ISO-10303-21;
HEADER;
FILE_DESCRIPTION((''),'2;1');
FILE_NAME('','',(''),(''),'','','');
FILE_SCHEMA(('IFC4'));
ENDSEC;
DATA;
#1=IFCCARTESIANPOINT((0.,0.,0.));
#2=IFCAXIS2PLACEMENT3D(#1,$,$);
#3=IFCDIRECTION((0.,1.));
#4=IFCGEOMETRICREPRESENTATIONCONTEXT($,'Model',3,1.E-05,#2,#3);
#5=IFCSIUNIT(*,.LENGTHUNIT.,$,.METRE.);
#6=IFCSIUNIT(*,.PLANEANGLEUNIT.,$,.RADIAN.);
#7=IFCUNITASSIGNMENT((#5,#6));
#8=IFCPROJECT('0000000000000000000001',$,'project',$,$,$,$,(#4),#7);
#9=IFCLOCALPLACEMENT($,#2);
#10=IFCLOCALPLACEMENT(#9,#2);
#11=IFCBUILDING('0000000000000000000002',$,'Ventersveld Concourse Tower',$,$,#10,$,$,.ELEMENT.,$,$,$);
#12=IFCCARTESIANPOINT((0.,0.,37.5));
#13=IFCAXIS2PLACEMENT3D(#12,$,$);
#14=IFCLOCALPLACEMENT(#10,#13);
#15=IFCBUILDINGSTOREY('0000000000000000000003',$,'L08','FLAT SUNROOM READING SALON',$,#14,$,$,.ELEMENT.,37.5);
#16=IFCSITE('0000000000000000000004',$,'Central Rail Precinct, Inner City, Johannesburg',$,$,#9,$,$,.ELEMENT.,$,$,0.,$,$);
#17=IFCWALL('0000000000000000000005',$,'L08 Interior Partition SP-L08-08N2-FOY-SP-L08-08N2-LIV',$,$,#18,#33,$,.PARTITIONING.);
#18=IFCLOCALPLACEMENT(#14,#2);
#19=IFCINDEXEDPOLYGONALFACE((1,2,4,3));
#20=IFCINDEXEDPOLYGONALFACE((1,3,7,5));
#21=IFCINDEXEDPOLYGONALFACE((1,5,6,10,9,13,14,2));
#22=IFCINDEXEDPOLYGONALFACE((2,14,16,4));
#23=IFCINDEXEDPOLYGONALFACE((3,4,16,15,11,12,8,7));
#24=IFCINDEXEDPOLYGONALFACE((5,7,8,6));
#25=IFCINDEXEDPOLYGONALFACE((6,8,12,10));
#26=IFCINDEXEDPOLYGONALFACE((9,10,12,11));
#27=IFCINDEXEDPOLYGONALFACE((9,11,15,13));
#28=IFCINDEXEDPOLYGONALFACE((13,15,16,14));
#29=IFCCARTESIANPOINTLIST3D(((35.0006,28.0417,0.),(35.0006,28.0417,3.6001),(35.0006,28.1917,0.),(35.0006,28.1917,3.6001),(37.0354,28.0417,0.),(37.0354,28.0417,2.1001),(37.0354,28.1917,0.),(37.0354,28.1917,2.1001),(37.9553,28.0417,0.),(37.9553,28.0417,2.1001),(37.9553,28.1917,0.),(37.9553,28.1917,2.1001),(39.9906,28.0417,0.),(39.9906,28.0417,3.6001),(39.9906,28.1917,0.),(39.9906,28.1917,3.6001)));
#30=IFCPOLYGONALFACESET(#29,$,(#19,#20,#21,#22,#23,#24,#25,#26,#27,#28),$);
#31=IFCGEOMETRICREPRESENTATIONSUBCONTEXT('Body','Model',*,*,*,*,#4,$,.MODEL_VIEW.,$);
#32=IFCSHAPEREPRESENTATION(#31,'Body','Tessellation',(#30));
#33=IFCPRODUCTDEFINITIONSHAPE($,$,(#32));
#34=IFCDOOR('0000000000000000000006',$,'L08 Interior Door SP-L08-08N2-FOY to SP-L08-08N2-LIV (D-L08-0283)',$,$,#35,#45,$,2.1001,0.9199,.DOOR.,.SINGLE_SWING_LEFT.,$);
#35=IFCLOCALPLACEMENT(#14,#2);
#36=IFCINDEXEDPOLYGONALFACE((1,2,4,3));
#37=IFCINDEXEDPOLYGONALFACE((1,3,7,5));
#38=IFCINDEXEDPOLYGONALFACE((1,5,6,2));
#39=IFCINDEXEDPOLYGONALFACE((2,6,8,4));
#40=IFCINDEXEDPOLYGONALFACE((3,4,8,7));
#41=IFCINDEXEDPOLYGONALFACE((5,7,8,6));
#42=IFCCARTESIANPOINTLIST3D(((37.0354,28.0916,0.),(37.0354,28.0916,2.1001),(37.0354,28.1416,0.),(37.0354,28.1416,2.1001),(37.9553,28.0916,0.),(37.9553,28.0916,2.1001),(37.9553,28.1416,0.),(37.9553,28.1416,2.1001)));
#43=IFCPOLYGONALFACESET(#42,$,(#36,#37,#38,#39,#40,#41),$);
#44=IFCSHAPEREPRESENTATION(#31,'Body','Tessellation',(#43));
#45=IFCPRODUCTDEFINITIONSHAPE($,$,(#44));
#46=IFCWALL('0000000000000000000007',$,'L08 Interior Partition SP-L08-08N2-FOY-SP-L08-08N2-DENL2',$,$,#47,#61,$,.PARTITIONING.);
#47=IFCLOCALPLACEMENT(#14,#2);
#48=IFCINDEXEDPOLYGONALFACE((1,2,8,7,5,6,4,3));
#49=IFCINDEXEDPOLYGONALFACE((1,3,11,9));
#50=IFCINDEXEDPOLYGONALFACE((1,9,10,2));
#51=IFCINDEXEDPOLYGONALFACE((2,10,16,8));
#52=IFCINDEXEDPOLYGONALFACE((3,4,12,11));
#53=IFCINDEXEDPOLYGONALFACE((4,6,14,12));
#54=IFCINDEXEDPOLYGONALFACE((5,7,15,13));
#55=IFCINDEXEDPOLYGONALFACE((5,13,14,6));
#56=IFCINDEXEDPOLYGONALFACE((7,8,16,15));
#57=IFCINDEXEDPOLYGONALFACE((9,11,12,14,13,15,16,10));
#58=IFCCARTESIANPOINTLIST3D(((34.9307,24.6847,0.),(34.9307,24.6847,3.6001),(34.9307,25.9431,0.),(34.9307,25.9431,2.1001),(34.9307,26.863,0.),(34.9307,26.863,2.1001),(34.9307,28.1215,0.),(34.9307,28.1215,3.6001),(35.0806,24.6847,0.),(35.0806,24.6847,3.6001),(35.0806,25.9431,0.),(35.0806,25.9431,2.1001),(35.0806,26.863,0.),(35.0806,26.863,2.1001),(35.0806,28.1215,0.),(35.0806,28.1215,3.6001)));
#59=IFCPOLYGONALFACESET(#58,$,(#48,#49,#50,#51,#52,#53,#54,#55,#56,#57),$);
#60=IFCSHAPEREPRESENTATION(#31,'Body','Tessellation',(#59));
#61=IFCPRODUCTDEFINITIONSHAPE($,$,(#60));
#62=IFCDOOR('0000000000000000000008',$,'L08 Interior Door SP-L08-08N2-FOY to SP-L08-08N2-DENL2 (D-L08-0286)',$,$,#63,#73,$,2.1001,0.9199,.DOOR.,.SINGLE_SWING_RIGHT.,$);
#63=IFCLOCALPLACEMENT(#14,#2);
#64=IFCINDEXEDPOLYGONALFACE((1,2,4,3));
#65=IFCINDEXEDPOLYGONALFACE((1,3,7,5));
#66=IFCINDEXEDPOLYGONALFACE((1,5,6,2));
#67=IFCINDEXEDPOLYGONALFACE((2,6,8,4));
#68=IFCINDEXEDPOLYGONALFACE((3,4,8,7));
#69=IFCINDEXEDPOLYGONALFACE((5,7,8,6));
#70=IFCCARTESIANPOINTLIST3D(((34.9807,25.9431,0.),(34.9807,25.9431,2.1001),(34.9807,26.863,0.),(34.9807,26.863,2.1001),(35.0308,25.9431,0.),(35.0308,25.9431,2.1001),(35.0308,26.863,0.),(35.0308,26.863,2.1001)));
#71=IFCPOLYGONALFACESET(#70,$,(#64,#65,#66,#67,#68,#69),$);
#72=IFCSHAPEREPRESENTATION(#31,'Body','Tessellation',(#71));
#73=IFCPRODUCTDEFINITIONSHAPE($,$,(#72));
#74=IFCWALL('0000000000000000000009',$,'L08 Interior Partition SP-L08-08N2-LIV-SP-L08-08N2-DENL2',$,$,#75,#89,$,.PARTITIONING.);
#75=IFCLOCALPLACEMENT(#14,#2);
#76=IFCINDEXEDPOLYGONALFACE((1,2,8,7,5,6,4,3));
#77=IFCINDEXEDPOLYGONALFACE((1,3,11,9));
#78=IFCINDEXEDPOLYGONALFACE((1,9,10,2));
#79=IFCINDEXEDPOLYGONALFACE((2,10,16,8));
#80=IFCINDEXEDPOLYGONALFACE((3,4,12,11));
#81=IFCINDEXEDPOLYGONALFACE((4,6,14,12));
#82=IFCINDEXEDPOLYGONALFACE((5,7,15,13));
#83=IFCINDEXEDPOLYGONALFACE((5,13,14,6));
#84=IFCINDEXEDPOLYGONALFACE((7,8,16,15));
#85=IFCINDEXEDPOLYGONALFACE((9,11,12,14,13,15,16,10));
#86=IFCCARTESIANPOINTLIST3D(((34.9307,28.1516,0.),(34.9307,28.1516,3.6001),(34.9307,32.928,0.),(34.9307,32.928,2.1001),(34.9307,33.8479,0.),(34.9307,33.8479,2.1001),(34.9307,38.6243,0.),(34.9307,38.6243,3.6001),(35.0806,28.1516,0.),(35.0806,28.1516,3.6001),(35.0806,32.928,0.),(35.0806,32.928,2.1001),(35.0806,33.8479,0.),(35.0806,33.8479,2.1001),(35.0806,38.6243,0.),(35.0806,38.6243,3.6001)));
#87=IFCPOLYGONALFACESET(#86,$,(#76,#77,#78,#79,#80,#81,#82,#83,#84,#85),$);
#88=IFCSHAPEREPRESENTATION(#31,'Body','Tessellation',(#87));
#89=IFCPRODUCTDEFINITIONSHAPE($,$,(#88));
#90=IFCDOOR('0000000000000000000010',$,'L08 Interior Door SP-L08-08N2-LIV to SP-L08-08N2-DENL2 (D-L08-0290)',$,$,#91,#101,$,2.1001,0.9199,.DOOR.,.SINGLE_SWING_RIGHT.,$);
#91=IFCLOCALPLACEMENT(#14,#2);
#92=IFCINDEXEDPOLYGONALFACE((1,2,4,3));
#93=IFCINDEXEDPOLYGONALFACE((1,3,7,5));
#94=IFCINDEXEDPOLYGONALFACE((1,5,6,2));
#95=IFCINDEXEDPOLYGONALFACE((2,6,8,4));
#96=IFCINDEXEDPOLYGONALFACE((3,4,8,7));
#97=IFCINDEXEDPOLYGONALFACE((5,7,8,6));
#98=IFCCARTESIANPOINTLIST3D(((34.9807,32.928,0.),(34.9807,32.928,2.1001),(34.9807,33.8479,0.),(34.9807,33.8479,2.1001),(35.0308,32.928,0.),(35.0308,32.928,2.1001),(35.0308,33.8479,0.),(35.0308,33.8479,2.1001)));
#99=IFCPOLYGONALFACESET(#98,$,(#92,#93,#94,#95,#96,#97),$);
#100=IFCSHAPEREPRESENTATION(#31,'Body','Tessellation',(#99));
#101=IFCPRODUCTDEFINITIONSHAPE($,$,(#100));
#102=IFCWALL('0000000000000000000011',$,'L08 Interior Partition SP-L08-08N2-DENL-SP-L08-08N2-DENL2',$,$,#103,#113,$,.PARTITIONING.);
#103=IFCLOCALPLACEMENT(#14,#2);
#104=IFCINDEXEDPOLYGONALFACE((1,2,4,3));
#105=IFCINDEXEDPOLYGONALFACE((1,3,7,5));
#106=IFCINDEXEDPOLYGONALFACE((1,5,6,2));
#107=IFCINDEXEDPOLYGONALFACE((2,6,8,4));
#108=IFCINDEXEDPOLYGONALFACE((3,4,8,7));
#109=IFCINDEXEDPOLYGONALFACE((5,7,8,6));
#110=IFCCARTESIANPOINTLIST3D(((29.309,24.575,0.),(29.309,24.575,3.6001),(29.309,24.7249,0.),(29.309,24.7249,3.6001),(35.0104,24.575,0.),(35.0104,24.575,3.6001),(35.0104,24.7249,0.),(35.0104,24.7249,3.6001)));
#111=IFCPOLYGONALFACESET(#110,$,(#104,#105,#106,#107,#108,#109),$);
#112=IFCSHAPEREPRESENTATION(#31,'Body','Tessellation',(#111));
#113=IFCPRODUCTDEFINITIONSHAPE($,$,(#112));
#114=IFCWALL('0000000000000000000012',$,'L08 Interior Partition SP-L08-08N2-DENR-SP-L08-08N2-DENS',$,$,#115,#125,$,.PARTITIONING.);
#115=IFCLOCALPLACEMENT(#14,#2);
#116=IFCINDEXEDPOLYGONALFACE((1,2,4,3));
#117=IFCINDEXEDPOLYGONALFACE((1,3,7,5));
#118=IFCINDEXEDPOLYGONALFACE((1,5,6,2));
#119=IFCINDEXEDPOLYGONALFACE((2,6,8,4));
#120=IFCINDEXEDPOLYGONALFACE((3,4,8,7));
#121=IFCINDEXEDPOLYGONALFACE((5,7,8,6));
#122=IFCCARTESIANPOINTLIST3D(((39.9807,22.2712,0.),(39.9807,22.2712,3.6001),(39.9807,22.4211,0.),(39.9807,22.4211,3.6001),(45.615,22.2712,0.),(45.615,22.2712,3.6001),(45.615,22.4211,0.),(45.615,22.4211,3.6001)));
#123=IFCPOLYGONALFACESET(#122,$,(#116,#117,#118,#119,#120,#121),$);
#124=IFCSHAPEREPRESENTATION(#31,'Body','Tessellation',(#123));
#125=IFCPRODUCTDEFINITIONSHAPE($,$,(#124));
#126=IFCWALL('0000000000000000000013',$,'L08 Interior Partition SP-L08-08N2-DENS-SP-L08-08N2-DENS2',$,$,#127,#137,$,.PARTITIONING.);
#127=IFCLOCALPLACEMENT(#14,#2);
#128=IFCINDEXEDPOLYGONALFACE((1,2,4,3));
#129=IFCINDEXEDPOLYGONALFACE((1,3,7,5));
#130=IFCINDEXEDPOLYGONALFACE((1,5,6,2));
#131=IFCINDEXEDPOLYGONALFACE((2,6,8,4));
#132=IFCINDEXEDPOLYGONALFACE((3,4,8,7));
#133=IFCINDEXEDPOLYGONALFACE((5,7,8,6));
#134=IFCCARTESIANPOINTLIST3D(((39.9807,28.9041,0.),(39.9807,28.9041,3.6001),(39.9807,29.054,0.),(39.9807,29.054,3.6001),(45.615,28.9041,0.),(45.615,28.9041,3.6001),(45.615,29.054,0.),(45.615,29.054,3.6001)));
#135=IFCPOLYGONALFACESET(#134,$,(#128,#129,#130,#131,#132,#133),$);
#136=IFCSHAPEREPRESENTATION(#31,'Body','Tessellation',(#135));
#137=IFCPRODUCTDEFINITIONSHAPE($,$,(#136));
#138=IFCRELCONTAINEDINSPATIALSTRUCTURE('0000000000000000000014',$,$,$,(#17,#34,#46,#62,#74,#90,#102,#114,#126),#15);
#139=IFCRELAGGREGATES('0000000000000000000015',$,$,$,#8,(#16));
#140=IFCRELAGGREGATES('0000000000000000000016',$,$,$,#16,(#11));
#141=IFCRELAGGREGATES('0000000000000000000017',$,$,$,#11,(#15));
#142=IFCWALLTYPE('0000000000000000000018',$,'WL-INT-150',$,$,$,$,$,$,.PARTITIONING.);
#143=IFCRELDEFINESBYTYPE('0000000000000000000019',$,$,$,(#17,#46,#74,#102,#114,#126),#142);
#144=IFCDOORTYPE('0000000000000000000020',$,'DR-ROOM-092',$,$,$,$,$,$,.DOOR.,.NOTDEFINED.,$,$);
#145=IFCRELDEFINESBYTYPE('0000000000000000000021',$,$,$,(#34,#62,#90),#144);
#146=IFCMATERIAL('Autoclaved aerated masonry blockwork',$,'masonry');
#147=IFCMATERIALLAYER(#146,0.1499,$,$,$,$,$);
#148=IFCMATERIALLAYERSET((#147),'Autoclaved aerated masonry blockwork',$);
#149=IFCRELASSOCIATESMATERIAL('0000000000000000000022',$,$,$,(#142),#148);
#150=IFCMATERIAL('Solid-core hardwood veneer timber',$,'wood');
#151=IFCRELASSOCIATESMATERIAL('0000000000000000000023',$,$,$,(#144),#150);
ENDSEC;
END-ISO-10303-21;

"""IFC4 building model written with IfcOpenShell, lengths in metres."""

from ifc_helpers import new_model, si_unit, direction, frame, frame_2d, origin, place, context, subcontext, project, spatial, rectangle, extrude, material, layer, layer_set, type_object, element, fill, save


model = new_model("IFC4")

# Units and contexts
model_context = context("Model", 3, precision=1e-05, world=origin(), true_north=direction((0.0, 1.0)))
body_context = subcontext(model_context, "Body", "Model", "MODEL_VIEW")
ifc_project = project(units=[si_unit("LENGTHUNIT", "METRE"), si_unit("PLANEANGLEUNIT", "RADIAN")], contexts=[model_context])

# Site, building, storey
site_placement = place(None, origin())
site = spatial("IfcSite", under=ifc_project, at=site_placement, Name="Central Rail Precinct, Inner City, Johannesburg", CompositionType="ELEMENT", RefElevation=0.0)
building_placement = place(site_placement, origin())
building = spatial("IfcBuilding", under=site, at=building_placement, Name="Ventersveld Concourse Tower", CompositionType="ELEMENT")
storey_placement = place(building_placement, frame((0.0, 0.0, 37.5)))
storey = spatial("IfcBuildingStorey", under=building, at=storey_placement, Name="L08", Description="FLAT SUNROOM READING SALON", CompositionType="ELEMENT", Elevation=37.5)

# Walls, openings, doors
ifc_material_1 = material(Name="Autoclaved aerated masonry blockwork", Category="masonry")
ifc_layer_1 = layer(ifc_material_1, 0.1499)
ifc_layer_set_1 = layer_set([ifc_layer_1], Name="Autoclaved aerated masonry blockwork")
wall_type_1 = type_object("IfcWallType", Name="WL-INT-150", PredefinedType="PARTITIONING", material=ifc_layer_set_1)
wall_1_placement = place(storey_placement, frame((35.0005, 28.1167, 0.0), z_axis=(0.0, 0.0, 1.0), x_axis=(1.0, 0.0, 0.0)))
wall_1 = element("IfcWall", 1, at=wall_1_placement, inside=storey, type_object=wall_type_1, Name="L08 Interior Partition SP-L08-08N2-FOY-SP-L08-08N2-LIV", PredefinedType="PARTITIONING", context=body_context, shape_type="SweptSolid", body=[
    extrude(rectangle(XDim=4.99, YDim=0.1499, at=frame_2d((2.4951, 0.0))), origin(), (0.0, 0.0, 1.0), 3.6001),
])
opening_1_placement = place(wall_1_placement, frame((2.0349, 0.0, 0.0)))
opening_1 = element("IfcOpeningElement", 2, at=opening_1_placement, cuts=wall_1, PredefinedType="OPENING", context=body_context, shape_type="SweptSolid", body=[
    extrude(rectangle(XDim=0.9199, YDim=2.1001, at=frame_2d((0.46, 1.05))), frame((0.0, 0.085, 0.0), z_axis=(0.0, -1.0, 0.0), x_axis=(1.0, 0.0, 0.0)), (0.0, 0.0, 1.0), 0.1699),
])
ifc_material_2 = material(Name="Solid-core hardwood veneer timber", Category="wood")
door_type = type_object("IfcDoorType", Name="DR-ROOM-092", OperationType="NOTDEFINED", PredefinedType="DOOR", material=ifc_material_2)
door_1_placement = place(opening_1_placement, origin())
door_1 = element("IfcDoor", 3, at=door_1_placement, inside=storey, type_object=door_type, Name="L08 Interior Door SP-L08-08N2-FOY to SP-L08-08N2-LIV (D-L08-0283)", OperationType="SINGLE_SWING_LEFT", OverallHeight=2.1001, OverallWidth=0.9199, PredefinedType="DOOR", context=body_context, shape_type="SweptSolid", body=[
    extrude(rectangle(XDim=0.9199, YDim=2.1001, at=frame_2d((0.46, 1.05))), frame((0.0, 0.0249, 0.0), z_axis=(0.0, -1.0, 0.0), x_axis=(1.0, 0.0, 0.0)), (0.0, 0.0, 1.0), 0.05),
])
fill(opening_1, door_1)
wall_2_placement = place(storey_placement, frame((35.0056, 24.6848, 0.0), z_axis=(0.0, 0.0, 1.0), x_axis=(0.0, 1.0, 0.0)))
wall_2 = element("IfcWall", 4, at=wall_2_placement, inside=storey, type_object=wall_type_1, Name="L08 Interior Partition SP-L08-08N2-FOY-SP-L08-08N2-DENL2", PredefinedType="PARTITIONING", context=body_context, shape_type="SweptSolid", body=[
    extrude(rectangle(XDim=3.4368, YDim=0.1499, at=frame_2d((1.7183, 0.0))), origin(), (0.0, 0.0, 1.0), 3.6001),
])
opening_2_placement = place(wall_2_placement, frame((1.2583, 0.0, 0.0)))
opening_2 = element("IfcOpeningElement", 5, at=opening_2_placement, cuts=wall_2, PredefinedType="OPENING", context=body_context, shape_type="SweptSolid", body=[
    extrude(rectangle(XDim=0.9199, YDim=2.1001, at=frame_2d((0.46, 1.05))), frame((0.0, 0.085, 0.0), z_axis=(0.0, -1.0, 0.0), x_axis=(1.0, 0.0, 0.0)), (0.0, 0.0, 1.0), 0.1699),
])
door_2_placement = place(opening_2_placement, origin())
door_2 = element("IfcDoor", 6, at=door_2_placement, inside=storey, type_object=door_type, Name="L08 Interior Door SP-L08-08N2-FOY to SP-L08-08N2-DENL2 (D-L08-0286)", OperationType="SINGLE_SWING_RIGHT", OverallHeight=2.1001, OverallWidth=0.9199, PredefinedType="DOOR", context=body_context, shape_type="SweptSolid", body=[
    extrude(rectangle(XDim=0.9199, YDim=2.1001, at=frame_2d((0.46, 1.05))), frame((0.0, 0.0249, 0.0), z_axis=(0.0, -1.0, 0.0), x_axis=(1.0, 0.0, 0.0)), (0.0, 0.0, 1.0), 0.05),
])
fill(opening_2, door_2)
wall_3_placement = place(storey_placement, frame((35.0056, 28.1516, 0.0), z_axis=(0.0, 0.0, 1.0), x_axis=(0.0, 1.0, 0.0)))
wall_3 = element("IfcWall", 7, at=wall_3_placement, inside=storey, type_object=wall_type_1, Name="L08 Interior Partition SP-L08-08N2-LIV-SP-L08-08N2-DENL2", PredefinedType="PARTITIONING", context=body_context, shape_type="SweptSolid", body=[
    extrude(rectangle(XDim=10.4727, YDim=0.1499, at=frame_2d((5.2363, 0.0))), origin(), (0.0, 0.0, 1.0), 3.6001),
])
opening_3_placement = place(wall_3_placement, frame((4.7764, 0.0, 0.0)))
opening_3 = element("IfcOpeningElement", 8, at=opening_3_placement, cuts=wall_3, PredefinedType="OPENING", context=body_context, shape_type="SweptSolid", body=[
    extrude(rectangle(XDim=0.9199, YDim=2.1001, at=frame_2d((0.46, 1.05))), frame((0.0, 0.085, 0.0), z_axis=(0.0, -1.0, 0.0), x_axis=(1.0, 0.0, 0.0)), (0.0, 0.0, 1.0), 0.1699),
])
door_3_placement = place(opening_3_placement, origin())
door_3 = element("IfcDoor", 9, at=door_3_placement, inside=storey, type_object=door_type, Name="L08 Interior Door SP-L08-08N2-LIV to SP-L08-08N2-DENL2 (D-L08-0290)", OperationType="SINGLE_SWING_RIGHT", OverallHeight=2.1001, OverallWidth=0.9199, PredefinedType="DOOR", context=body_context, shape_type="SweptSolid", body=[
    extrude(rectangle(XDim=0.9199, YDim=2.1001, at=frame_2d((0.46, 1.05))), frame((0.0, 0.0249, 0.0), z_axis=(0.0, -1.0, 0.0), x_axis=(1.0, 0.0, 0.0)), (0.0, 0.0, 1.0), 0.05),
])
fill(opening_3, door_3)

# Walls
wall_4_placement = place(storey_placement, frame((29.3091, 24.6499, 0.0), z_axis=(0.0, 0.0, 1.0), x_axis=(1.0, 0.0, 0.0)))
element("IfcWall", 10, at=wall_4_placement, inside=storey, type_object=wall_type_1, Name="L08 Interior Partition SP-L08-08N2-DENL-SP-L08-08N2-DENL2", PredefinedType="PARTITIONING", context=body_context, shape_type="SweptSolid", body=[
    extrude(rectangle(XDim=5.7014, YDim=0.1499, at=frame_2d((2.8506, 0.0))), origin(), (0.0, 0.0, 1.0), 3.6001),
])
for number, where, z_axis, x_axis, name in (
    (11, (39.9807, 22.3462, 0.0), (0.0, 0.0, 1.0), (1.0, 0.0, 0.0), "L08 Interior Partition SP-L08-08N2-DENR-SP-L08-08N2-DENS"),
    (12, (39.9807, 28.979, 0.0), (0.0, 0.0, 1.0), (1.0, 0.0, 0.0), "L08 Interior Partition SP-L08-08N2-DENS-SP-L08-08N2-DENS2"),
):
    element("IfcWall", number, at=place(storey_placement, frame(where, z_axis=z_axis, x_axis=x_axis)), inside=storey, type_object=wall_type_1, Name=name, PredefinedType="PARTITIONING", context=body_context, shape_type="SweptSolid", body=[
        extrude(rectangle(XDim=5.6343, YDim=0.1499, at=frame_2d((2.8171, 0.0))), origin(), (0.0, 0.0, 1.0), 3.6001),
    ])

save(model, "model.ifc")
